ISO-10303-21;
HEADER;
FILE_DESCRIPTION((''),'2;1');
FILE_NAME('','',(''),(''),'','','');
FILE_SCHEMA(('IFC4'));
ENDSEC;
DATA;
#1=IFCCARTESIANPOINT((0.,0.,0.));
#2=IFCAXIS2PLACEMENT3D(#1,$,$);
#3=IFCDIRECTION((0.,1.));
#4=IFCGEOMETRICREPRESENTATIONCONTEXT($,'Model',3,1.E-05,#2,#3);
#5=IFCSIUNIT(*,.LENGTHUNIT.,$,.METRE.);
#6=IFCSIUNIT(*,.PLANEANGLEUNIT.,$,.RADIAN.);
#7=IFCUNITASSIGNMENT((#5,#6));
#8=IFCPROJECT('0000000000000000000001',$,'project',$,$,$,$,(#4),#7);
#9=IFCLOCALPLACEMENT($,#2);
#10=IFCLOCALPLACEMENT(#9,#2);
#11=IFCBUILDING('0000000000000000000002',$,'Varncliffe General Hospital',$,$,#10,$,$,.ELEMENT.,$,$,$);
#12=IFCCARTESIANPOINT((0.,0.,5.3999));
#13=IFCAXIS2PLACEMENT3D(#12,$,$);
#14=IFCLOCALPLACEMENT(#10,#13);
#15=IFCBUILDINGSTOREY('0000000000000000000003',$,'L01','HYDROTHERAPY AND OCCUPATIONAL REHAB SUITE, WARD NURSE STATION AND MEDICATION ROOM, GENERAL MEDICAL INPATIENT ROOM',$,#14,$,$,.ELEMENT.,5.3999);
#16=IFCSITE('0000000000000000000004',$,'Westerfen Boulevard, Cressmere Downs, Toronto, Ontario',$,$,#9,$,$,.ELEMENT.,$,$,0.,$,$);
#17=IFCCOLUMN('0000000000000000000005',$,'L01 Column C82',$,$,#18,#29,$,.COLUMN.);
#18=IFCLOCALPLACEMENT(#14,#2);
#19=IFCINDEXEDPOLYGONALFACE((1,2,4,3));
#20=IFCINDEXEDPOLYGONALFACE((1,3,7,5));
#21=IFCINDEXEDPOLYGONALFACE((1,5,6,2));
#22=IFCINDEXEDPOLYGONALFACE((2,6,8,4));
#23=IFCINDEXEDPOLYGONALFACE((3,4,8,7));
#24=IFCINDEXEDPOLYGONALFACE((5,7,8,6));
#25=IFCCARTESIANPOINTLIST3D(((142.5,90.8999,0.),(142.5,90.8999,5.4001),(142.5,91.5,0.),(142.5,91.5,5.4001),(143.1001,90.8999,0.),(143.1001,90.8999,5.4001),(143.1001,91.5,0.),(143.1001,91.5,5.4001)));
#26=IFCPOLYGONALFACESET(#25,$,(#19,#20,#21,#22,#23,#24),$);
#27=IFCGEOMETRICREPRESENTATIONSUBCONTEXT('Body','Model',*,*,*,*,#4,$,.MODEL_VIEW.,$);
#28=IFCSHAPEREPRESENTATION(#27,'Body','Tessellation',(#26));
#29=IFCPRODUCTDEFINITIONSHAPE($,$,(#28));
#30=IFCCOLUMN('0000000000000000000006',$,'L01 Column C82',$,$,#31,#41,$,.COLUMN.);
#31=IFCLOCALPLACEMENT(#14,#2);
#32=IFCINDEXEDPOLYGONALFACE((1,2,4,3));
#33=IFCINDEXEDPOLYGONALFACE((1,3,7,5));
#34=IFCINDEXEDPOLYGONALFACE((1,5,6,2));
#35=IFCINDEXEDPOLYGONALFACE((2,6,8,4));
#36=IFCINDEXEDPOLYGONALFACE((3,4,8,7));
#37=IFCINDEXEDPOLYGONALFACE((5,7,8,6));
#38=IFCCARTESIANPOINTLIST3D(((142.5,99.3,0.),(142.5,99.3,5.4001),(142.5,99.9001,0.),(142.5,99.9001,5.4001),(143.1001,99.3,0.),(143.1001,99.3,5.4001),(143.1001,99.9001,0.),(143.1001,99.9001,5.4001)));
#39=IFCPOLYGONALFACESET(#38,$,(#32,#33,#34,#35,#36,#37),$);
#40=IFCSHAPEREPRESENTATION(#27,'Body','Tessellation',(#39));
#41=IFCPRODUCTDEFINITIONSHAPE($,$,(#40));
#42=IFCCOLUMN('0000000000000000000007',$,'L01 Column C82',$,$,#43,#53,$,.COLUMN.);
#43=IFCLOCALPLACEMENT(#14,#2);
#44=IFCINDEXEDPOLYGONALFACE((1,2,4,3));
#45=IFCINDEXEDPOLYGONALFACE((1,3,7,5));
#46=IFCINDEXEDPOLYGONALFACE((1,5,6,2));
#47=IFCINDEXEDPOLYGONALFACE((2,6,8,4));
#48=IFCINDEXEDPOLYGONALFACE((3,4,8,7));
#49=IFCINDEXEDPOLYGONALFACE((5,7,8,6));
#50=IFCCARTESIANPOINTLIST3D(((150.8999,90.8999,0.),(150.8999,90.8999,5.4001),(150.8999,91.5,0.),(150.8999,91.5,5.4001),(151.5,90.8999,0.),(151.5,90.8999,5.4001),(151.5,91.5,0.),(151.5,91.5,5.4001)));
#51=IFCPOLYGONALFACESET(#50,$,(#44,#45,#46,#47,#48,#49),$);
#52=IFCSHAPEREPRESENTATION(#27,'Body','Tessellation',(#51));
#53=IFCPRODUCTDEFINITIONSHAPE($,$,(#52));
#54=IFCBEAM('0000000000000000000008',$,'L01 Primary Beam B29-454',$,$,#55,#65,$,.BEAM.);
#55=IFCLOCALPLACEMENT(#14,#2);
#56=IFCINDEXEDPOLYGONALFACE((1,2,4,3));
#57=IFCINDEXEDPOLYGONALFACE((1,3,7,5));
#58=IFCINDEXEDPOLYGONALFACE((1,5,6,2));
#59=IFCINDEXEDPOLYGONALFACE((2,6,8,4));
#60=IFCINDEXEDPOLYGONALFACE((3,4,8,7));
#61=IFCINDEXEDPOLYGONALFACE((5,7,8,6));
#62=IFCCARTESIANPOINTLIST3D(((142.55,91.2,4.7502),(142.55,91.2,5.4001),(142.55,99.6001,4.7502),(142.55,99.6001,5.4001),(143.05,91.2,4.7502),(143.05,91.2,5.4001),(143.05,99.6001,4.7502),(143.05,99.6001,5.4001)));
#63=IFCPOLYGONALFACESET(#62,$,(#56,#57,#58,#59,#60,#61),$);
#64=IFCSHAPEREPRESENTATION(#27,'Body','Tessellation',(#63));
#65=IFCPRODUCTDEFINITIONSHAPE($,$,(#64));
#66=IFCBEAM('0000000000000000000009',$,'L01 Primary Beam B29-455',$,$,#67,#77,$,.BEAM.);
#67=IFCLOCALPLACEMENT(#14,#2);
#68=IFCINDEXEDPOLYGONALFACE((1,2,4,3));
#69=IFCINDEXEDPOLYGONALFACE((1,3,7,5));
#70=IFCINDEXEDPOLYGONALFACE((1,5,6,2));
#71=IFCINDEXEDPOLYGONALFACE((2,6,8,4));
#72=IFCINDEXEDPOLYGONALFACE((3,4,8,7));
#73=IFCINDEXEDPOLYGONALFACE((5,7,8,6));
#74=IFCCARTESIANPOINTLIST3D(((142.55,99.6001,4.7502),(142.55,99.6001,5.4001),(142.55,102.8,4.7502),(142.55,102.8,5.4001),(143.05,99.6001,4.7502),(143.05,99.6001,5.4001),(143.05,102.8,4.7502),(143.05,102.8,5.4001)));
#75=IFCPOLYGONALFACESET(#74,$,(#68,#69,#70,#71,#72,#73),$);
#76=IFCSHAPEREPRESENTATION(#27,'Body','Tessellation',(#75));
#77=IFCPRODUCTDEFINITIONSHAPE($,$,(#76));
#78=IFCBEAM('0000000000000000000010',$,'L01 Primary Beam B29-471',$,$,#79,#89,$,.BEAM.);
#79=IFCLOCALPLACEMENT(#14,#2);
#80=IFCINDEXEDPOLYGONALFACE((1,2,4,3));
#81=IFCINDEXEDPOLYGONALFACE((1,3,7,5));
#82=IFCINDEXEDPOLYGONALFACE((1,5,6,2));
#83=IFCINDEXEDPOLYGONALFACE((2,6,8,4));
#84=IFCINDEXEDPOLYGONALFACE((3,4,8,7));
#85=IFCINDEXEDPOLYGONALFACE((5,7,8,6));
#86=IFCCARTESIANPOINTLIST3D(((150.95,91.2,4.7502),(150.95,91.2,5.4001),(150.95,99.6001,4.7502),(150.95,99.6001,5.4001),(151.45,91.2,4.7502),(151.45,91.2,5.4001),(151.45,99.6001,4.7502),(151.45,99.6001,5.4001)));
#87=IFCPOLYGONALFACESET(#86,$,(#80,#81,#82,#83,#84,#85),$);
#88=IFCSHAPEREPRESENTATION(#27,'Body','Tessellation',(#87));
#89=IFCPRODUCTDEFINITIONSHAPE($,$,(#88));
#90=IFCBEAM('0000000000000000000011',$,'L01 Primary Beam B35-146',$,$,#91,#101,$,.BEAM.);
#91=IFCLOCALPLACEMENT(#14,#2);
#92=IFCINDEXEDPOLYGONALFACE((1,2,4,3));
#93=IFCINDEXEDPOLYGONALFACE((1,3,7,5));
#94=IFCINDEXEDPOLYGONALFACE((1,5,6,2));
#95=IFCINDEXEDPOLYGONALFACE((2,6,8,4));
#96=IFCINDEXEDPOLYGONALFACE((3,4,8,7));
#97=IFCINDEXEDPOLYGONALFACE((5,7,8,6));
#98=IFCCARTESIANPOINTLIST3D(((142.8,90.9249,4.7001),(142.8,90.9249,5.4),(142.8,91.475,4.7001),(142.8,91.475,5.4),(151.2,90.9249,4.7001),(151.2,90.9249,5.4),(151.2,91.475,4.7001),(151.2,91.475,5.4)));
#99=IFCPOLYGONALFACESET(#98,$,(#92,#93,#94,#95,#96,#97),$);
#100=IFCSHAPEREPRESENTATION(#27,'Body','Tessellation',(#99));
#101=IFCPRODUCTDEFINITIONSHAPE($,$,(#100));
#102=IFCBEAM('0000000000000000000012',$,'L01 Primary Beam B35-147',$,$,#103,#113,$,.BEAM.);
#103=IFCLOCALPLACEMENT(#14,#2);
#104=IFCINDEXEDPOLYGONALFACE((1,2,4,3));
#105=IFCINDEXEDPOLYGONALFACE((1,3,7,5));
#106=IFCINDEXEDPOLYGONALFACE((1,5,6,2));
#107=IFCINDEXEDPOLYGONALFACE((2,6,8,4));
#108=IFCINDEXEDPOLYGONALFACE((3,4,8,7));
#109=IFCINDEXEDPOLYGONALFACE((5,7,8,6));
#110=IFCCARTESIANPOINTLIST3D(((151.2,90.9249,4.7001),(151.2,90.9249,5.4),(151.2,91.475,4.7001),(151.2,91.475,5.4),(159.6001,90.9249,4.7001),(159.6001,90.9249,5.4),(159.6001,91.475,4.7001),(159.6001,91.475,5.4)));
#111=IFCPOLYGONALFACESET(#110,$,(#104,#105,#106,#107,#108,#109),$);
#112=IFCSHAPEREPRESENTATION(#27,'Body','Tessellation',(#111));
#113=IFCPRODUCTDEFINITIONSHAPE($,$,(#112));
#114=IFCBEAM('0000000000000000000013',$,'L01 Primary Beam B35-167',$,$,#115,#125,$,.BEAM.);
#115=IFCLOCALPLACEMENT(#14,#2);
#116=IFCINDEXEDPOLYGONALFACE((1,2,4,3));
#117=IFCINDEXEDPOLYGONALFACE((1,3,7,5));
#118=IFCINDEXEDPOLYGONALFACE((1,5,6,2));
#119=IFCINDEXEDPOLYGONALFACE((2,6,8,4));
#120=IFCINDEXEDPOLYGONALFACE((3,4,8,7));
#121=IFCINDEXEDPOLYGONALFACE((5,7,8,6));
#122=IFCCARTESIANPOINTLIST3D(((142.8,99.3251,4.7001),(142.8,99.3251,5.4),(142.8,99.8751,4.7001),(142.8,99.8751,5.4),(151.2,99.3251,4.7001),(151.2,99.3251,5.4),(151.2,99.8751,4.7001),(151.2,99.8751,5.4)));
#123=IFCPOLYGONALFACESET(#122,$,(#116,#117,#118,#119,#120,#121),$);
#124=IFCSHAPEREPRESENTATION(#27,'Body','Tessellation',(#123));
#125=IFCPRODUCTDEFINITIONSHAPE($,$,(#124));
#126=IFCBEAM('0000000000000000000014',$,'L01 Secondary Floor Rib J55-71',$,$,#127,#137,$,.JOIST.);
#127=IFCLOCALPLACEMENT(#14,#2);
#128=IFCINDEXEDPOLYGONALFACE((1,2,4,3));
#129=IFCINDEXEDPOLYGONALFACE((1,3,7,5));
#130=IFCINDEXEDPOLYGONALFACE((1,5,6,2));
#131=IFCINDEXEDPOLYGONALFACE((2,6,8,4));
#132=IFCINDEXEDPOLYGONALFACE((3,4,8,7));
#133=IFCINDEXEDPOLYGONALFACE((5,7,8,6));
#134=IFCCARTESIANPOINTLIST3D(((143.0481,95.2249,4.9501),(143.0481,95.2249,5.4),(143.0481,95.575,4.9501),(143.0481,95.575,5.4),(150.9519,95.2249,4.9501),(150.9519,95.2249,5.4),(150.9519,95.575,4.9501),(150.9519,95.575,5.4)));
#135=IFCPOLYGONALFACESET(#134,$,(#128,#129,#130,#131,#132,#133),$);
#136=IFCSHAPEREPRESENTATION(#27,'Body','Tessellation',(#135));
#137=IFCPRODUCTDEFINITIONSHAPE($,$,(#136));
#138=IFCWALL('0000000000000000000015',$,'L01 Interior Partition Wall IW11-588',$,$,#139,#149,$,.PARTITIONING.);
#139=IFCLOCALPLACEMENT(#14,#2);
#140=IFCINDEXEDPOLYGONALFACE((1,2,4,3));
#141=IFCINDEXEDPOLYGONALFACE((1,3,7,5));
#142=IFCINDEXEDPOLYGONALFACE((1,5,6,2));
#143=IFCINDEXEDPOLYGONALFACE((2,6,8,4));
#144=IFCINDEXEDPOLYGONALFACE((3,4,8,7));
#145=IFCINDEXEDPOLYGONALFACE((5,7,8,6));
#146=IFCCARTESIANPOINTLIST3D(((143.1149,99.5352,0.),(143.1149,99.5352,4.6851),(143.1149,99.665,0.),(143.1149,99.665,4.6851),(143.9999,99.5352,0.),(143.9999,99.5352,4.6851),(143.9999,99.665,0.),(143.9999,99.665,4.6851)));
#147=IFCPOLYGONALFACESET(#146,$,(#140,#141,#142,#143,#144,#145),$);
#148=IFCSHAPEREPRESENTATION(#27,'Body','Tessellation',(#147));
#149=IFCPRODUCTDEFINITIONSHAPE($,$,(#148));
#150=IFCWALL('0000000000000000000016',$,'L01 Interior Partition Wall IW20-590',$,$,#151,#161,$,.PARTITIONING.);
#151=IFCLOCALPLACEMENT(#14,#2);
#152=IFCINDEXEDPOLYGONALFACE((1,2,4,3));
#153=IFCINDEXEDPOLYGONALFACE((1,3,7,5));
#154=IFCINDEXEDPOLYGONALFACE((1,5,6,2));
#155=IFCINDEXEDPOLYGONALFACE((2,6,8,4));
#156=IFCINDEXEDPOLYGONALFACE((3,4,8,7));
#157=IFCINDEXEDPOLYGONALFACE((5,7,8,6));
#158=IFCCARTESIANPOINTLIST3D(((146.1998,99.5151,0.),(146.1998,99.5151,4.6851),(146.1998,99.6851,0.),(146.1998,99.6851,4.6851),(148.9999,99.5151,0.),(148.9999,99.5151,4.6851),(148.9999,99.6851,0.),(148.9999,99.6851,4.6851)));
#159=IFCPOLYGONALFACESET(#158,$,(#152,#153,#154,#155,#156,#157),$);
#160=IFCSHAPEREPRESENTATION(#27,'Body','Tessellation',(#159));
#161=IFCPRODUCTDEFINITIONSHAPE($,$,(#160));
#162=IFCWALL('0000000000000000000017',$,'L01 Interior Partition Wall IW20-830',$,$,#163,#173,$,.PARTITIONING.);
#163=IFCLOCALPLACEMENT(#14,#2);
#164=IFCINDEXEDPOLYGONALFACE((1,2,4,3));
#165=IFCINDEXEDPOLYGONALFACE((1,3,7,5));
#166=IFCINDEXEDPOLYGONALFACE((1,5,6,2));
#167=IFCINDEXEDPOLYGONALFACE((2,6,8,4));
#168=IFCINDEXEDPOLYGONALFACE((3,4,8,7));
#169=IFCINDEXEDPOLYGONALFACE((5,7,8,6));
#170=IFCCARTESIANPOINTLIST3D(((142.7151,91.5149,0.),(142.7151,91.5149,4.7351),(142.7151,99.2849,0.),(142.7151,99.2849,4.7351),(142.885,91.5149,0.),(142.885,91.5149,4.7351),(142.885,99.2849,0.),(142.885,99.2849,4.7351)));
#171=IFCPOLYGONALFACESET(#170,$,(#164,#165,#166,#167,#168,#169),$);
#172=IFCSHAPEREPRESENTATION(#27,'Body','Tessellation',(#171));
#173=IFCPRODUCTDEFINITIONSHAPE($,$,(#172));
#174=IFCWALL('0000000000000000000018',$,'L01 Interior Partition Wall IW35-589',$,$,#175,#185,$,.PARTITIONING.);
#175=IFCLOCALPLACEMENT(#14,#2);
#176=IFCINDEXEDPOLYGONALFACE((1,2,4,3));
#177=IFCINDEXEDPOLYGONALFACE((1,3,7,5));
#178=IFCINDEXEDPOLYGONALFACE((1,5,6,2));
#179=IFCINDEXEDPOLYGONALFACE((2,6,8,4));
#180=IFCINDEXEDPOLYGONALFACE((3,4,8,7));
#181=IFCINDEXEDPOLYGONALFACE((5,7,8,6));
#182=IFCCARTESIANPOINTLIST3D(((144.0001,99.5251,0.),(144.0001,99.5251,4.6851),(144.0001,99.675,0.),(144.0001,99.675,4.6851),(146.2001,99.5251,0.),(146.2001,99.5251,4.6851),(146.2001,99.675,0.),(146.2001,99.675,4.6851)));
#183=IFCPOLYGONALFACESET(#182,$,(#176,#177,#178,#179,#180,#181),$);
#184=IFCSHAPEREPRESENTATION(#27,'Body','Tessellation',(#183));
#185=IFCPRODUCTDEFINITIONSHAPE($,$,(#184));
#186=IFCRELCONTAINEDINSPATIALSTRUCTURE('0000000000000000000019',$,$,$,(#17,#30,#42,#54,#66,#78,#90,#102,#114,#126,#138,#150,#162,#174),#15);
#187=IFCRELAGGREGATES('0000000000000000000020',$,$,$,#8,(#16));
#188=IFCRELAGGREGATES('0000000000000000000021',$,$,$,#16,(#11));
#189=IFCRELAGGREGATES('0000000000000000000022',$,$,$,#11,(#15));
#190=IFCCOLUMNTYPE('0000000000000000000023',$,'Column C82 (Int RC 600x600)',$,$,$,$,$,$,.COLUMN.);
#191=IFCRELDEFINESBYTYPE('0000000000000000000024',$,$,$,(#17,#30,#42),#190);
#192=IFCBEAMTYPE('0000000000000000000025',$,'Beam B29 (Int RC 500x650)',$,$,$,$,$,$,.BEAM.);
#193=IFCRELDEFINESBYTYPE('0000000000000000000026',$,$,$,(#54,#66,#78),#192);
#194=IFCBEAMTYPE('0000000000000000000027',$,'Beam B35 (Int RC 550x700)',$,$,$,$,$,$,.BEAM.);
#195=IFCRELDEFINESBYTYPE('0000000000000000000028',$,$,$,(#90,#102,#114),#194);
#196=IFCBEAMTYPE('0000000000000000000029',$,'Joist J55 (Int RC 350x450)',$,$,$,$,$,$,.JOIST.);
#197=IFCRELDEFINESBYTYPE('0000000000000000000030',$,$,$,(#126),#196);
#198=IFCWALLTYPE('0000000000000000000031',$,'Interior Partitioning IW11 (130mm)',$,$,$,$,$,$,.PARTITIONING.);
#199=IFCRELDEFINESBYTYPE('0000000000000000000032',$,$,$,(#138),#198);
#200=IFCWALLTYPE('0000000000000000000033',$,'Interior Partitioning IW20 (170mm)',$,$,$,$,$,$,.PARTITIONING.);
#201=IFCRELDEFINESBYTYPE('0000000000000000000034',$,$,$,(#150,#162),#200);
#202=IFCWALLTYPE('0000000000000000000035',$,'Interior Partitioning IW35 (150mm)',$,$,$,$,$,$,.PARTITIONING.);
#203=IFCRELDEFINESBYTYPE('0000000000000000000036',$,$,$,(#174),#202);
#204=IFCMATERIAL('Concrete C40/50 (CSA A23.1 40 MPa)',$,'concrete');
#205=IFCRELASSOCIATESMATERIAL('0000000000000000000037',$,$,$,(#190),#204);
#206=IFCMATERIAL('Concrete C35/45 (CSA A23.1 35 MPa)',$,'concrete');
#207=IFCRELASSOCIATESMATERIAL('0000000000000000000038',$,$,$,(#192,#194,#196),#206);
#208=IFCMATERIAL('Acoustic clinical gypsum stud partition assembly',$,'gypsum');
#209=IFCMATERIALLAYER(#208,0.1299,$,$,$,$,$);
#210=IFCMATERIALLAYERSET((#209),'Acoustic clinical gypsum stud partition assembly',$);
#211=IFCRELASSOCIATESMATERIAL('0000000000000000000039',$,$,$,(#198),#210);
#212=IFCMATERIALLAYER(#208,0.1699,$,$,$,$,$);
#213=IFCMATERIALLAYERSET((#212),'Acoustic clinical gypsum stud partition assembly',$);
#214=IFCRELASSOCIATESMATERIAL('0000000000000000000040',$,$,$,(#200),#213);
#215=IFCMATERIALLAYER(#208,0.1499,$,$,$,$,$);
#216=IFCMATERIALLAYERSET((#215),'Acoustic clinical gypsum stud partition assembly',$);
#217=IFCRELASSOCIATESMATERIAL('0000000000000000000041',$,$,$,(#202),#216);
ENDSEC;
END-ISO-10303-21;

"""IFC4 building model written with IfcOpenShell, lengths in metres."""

from ifc_helpers import new_model, si_unit, direction, frame, frame_2d, origin, origin_2d, place, context, subcontext, project, spatial, rectangle, extrude, material, layer, layer_set, material_profile, profile_set, type_object, element, save


model = new_model("IFC4")

# Units and contexts
model_context = context("Model", 3, precision=1e-05, world=origin(), true_north=direction((0.0, 1.0)))
body_context = subcontext(model_context, "Body", "Model", "MODEL_VIEW")
ifc_project = project(units=[si_unit("LENGTHUNIT", "METRE"), si_unit("PLANEANGLEUNIT", "RADIAN")], contexts=[model_context])

# Site, building, storey
site_placement = place(None, origin())
site = spatial("IfcSite", under=ifc_project, at=site_placement, Name="Westerfen Boulevard, Cressmere Downs, Toronto, Ontario", CompositionType="ELEMENT", RefElevation=0.0)
building_placement = place(site_placement, origin())
building = spatial("IfcBuilding", under=site, at=building_placement, Name="Varncliffe General Hospital", CompositionType="ELEMENT")
storey_placement = place(building_placement, frame((0.0, 0.0, 5.3999)))
storey = spatial("IfcBuildingStorey", under=building, at=storey_placement, Name="L01", Description="HYDROTHERAPY AND OCCUPATIONAL REHAB SUITE, WARD NURSE STATION AND MEDICATION ROOM, GENERAL MEDICAL INPATIENT ROOM", CompositionType="ELEMENT", Elevation=5.3999)

# Columns
ifc_material_1 = material(Name="Concrete C40/50 (CSA A23.1 40 MPa)", Category="concrete")
ifc_material_profile_1 = material_profile(ifc_material_1, rectangle(XDim=0.6001, YDim=0.6001, at=origin_2d()), Name="RC 600x600")
ifc_profile_set_1 = profile_set([ifc_material_profile_1], Name="Concrete C40/50 (CSA A23.1 40 MPa)")
column_type = type_object("IfcColumnType", Name="Column C82 (Int RC 600x600)", PredefinedType="COLUMN", material=ifc_profile_set_1)
for number, where, z_axis, x_axis, name in (
    (1, (142.8, 91.2, 0.0), (0.0, 0.0, 1.0), (1.0, 0.0, 0.0), "L01 Column C82"),
    (2, (142.8, 99.6001, 0.0), (0.0, 0.0, 1.0), (1.0, 0.0, 0.0), "L01 Column C82"),
    (3, (151.2, 91.2, 0.0), (0.0, 0.0, 1.0), (1.0, 0.0, 0.0), "L01 Column C82"),
):
    element("IfcColumn", number, at=place(storey_placement, frame(where, z_axis=z_axis, x_axis=x_axis)), inside=storey, type_object=column_type, Name=name, PredefinedType="COLUMN", context=body_context, shape_type="SweptSolid", body=[
        extrude(rectangle(XDim=0.6001, YDim=0.6001, at=origin_2d()), origin(), (0.0, 0.0, 1.0), 5.4001),
    ])

# Beams
ifc_material_2 = material(Name="Concrete C35/45 (CSA A23.1 35 MPa)", Category="concrete")
ifc_material_profile_2 = material_profile(ifc_material_2, rectangle(XDim=0.5, YDim=0.6499, at=origin_2d()), Name="RC 500x650")
ifc_profile_set_2 = profile_set([ifc_material_profile_2], Name="Concrete C35/45 (CSA A23.1 35 MPa)")
beam_type_1 = type_object("IfcBeamType", Name="Beam B29 (Int RC 500x650)", PredefinedType="BEAM", material=ifc_profile_set_2)
beam_1_placement = place(storey_placement, frame((142.8, 91.2, 5.0752), z_axis=(0.0, 1.0, 0.0), x_axis=(-1.0, 0.0, 0.0)))
element("IfcBeam", 4, at=beam_1_placement, inside=storey, type_object=beam_type_1, Name="L01 Primary Beam B29-454", PredefinedType="BEAM", context=body_context, shape_type="SweptSolid", body=[
    extrude(rectangle(XDim=0.5, YDim=0.6499, at=origin_2d()), origin(), (0.0, 0.0, 1.0), 8.4001),
])
beam_2_placement = place(storey_placement, frame((142.8, 99.6001, 5.0752), z_axis=(0.0, 1.0, 0.0), x_axis=(-1.0, 0.0, 0.0)))
element("IfcBeam", 5, at=beam_2_placement, inside=storey, type_object=beam_type_1, Name="L01 Primary Beam B29-455", PredefinedType="BEAM", context=body_context, shape_type="SweptSolid", body=[
    extrude(rectangle(XDim=0.5, YDim=0.6499, at=origin_2d()), origin(), (0.0, 0.0, 1.0), 3.2),
])
beam_3_placement = place(storey_placement, frame((151.2, 91.2, 5.0752), z_axis=(0.0, 1.0, 0.0), x_axis=(-1.0, 0.0, 0.0)))
element("IfcBeam", 6, at=beam_3_placement, inside=storey, type_object=beam_type_1, Name="L01 Primary Beam B29-471", PredefinedType="BEAM", context=body_context, shape_type="SweptSolid", body=[
    extrude(rectangle(XDim=0.5, YDim=0.6499, at=origin_2d()), origin(), (0.0, 0.0, 1.0), 8.4001),
])
ifc_material_profile_3 = material_profile(ifc_material_2, rectangle(XDim=0.55, YDim=0.7, at=origin_2d()), Name="RC 550x700")
ifc_profile_set_3 = profile_set([ifc_material_profile_3], Name="Concrete C35/45 (CSA A23.1 35 MPa)")
beam_type_2 = type_object("IfcBeamType", Name="Beam B35 (Int RC 550x700)", PredefinedType="BEAM", material=ifc_profile_set_3)
beam_4_placement = place(storey_placement, frame((142.8, 91.2, 5.05), z_axis=(1.0, 0.0, 0.0), x_axis=(0.0, 1.0, 0.0)))
element("IfcBeam", 7, at=beam_4_placement, inside=storey, type_object=beam_type_2, Name="L01 Primary Beam B35-146", PredefinedType="BEAM", context=body_context, shape_type="SweptSolid", body=[
    extrude(rectangle(XDim=0.55, YDim=0.7, at=origin_2d()), origin(), (0.0, 0.0, 1.0), 8.3999),
])
beam_5_placement = place(storey_placement, frame((151.2, 91.2, 5.05), z_axis=(1.0, 0.0, 0.0), x_axis=(0.0, 1.0, 0.0)))
element("IfcBeam", 8, at=beam_5_placement, inside=storey, type_object=beam_type_2, Name="L01 Primary Beam B35-147", PredefinedType="BEAM", context=body_context, shape_type="SweptSolid", body=[
    extrude(rectangle(XDim=0.55, YDim=0.7, at=origin_2d()), origin(), (0.0, 0.0, 1.0), 8.4001),
])
beam_6_placement = place(storey_placement, frame((142.8, 99.6001, 5.05), z_axis=(1.0, 0.0, 0.0), x_axis=(0.0, 1.0, 0.0)))
element("IfcBeam", 9, at=beam_6_placement, inside=storey, type_object=beam_type_2, Name="L01 Primary Beam B35-167", PredefinedType="BEAM", context=body_context, shape_type="SweptSolid", body=[
    extrude(rectangle(XDim=0.55, YDim=0.7, at=origin_2d()), origin(), (0.0, 0.0, 1.0), 8.3999),
])
ifc_material_profile_4 = material_profile(ifc_material_2, rectangle(XDim=0.3501, YDim=0.45, at=origin_2d()), Name="RC 350x450")
ifc_profile_set_4 = profile_set([ifc_material_profile_4], Name="Concrete C35/45 (CSA A23.1 35 MPa)")
beam_type_3 = type_object("IfcBeamType", Name="Joist J55 (Int RC 350x450)", PredefinedType="JOIST", material=ifc_profile_set_4)
beam_7_placement = place(storey_placement, frame((143.0481, 95.3999, 5.175), z_axis=(1.0, 0.0, 0.0), x_axis=(0.0, 1.0, 0.0)))
element("IfcBeam", 10, at=beam_7_placement, inside=storey, type_object=beam_type_3, Name="L01 Secondary Floor Rib J55-71", PredefinedType="JOIST", context=body_context, shape_type="SweptSolid", body=[
    extrude(rectangle(XDim=0.3501, YDim=0.45, at=origin_2d()), origin(), (0.0, 0.0, 1.0), 7.9038),
])

# Walls
ifc_material_3 = material(Name="Acoustic clinical gypsum stud partition assembly", Category="gypsum")
ifc_layer_1 = layer(ifc_material_3, 0.1299)
ifc_layer_set_1 = layer_set([ifc_layer_1], Name="Acoustic clinical gypsum stud partition assembly")
wall_type_1 = type_object("IfcWallType", Name="Interior Partitioning IW11 (130mm)", PredefinedType="PARTITIONING", material=ifc_layer_set_1)
wall_1_placement = place(storey_placement, frame((143.115, 99.6001, 0.0), z_axis=(0.0, 0.0, 1.0), x_axis=(1.0, 0.0, 0.0)))
element("IfcWall", 11, at=wall_1_placement, inside=storey, type_object=wall_type_1, Name="L01 Interior Partition Wall IW11-588", PredefinedType="PARTITIONING", context=body_context, shape_type="SweptSolid", body=[
    extrude(rectangle(XDim=0.885, YDim=0.1299, at=frame_2d((0.4424, 0.0))), origin(), (0.0, 0.0, 1.0), 4.6851),
])
ifc_layer_2 = layer(ifc_material_3, 0.1699)
ifc_layer_set_2 = layer_set([ifc_layer_2], Name="Acoustic clinical gypsum stud partition assembly")
wall_type_2 = type_object("IfcWallType", Name="Interior Partitioning IW20 (170mm)", PredefinedType="PARTITIONING", material=ifc_layer_set_2)
wall_2_placement = place(storey_placement, frame((146.2, 99.6001, 0.0), z_axis=(0.0, 0.0, 1.0), x_axis=(1.0, 0.0, 0.0)))
element("IfcWall", 12, at=wall_2_placement, inside=storey, type_object=wall_type_2, Name="L01 Interior Partition Wall IW20-590", PredefinedType="PARTITIONING", context=body_context, shape_type="SweptSolid", body=[
    extrude(rectangle(XDim=2.8, YDim=0.1699, at=frame_2d((1.3999, 0.0))), origin(), (0.0, 0.0, 1.0), 4.6851),
])
wall_3_placement = place(storey_placement, frame((142.8, 91.5149, 0.0), z_axis=(0.0, 0.0, 1.0), x_axis=(0.0, 1.0, 0.0)))
element("IfcWall", 13, at=wall_3_placement, inside=storey, type_object=wall_type_2, Name="L01 Interior Partition Wall IW20-830", PredefinedType="PARTITIONING", context=body_context, shape_type="SweptSolid", body=[
    extrude(rectangle(XDim=7.77, YDim=0.1699, at=frame_2d((3.885, 0.0))), origin(), (0.0, 0.0, 1.0), 4.7351),
])
ifc_layer_3 = layer(ifc_material_3, 0.1499)
ifc_layer_set_3 = layer_set([ifc_layer_3], Name="Acoustic clinical gypsum stud partition assembly")
wall_type_3 = type_object("IfcWallType", Name="Interior Partitioning IW35 (150mm)", PredefinedType="PARTITIONING", material=ifc_layer_set_3)
wall_4_placement = place(storey_placement, frame((144.0, 99.6001, 0.0), z_axis=(0.0, 0.0, 1.0), x_axis=(1.0, 0.0, 0.0)))
element("IfcWall", 14, at=wall_4_placement, inside=storey, type_object=wall_type_3, Name="L01 Interior Partition Wall IW35-589", PredefinedType="PARTITIONING", context=body_context, shape_type="SweptSolid", body=[
    extrude(rectangle(XDim=2.2, YDim=0.1499, at=frame_2d((1.1001, 0.0))), origin(), (0.0, 0.0, 1.0), 4.6851),
])

save(model, "model.ifc")
